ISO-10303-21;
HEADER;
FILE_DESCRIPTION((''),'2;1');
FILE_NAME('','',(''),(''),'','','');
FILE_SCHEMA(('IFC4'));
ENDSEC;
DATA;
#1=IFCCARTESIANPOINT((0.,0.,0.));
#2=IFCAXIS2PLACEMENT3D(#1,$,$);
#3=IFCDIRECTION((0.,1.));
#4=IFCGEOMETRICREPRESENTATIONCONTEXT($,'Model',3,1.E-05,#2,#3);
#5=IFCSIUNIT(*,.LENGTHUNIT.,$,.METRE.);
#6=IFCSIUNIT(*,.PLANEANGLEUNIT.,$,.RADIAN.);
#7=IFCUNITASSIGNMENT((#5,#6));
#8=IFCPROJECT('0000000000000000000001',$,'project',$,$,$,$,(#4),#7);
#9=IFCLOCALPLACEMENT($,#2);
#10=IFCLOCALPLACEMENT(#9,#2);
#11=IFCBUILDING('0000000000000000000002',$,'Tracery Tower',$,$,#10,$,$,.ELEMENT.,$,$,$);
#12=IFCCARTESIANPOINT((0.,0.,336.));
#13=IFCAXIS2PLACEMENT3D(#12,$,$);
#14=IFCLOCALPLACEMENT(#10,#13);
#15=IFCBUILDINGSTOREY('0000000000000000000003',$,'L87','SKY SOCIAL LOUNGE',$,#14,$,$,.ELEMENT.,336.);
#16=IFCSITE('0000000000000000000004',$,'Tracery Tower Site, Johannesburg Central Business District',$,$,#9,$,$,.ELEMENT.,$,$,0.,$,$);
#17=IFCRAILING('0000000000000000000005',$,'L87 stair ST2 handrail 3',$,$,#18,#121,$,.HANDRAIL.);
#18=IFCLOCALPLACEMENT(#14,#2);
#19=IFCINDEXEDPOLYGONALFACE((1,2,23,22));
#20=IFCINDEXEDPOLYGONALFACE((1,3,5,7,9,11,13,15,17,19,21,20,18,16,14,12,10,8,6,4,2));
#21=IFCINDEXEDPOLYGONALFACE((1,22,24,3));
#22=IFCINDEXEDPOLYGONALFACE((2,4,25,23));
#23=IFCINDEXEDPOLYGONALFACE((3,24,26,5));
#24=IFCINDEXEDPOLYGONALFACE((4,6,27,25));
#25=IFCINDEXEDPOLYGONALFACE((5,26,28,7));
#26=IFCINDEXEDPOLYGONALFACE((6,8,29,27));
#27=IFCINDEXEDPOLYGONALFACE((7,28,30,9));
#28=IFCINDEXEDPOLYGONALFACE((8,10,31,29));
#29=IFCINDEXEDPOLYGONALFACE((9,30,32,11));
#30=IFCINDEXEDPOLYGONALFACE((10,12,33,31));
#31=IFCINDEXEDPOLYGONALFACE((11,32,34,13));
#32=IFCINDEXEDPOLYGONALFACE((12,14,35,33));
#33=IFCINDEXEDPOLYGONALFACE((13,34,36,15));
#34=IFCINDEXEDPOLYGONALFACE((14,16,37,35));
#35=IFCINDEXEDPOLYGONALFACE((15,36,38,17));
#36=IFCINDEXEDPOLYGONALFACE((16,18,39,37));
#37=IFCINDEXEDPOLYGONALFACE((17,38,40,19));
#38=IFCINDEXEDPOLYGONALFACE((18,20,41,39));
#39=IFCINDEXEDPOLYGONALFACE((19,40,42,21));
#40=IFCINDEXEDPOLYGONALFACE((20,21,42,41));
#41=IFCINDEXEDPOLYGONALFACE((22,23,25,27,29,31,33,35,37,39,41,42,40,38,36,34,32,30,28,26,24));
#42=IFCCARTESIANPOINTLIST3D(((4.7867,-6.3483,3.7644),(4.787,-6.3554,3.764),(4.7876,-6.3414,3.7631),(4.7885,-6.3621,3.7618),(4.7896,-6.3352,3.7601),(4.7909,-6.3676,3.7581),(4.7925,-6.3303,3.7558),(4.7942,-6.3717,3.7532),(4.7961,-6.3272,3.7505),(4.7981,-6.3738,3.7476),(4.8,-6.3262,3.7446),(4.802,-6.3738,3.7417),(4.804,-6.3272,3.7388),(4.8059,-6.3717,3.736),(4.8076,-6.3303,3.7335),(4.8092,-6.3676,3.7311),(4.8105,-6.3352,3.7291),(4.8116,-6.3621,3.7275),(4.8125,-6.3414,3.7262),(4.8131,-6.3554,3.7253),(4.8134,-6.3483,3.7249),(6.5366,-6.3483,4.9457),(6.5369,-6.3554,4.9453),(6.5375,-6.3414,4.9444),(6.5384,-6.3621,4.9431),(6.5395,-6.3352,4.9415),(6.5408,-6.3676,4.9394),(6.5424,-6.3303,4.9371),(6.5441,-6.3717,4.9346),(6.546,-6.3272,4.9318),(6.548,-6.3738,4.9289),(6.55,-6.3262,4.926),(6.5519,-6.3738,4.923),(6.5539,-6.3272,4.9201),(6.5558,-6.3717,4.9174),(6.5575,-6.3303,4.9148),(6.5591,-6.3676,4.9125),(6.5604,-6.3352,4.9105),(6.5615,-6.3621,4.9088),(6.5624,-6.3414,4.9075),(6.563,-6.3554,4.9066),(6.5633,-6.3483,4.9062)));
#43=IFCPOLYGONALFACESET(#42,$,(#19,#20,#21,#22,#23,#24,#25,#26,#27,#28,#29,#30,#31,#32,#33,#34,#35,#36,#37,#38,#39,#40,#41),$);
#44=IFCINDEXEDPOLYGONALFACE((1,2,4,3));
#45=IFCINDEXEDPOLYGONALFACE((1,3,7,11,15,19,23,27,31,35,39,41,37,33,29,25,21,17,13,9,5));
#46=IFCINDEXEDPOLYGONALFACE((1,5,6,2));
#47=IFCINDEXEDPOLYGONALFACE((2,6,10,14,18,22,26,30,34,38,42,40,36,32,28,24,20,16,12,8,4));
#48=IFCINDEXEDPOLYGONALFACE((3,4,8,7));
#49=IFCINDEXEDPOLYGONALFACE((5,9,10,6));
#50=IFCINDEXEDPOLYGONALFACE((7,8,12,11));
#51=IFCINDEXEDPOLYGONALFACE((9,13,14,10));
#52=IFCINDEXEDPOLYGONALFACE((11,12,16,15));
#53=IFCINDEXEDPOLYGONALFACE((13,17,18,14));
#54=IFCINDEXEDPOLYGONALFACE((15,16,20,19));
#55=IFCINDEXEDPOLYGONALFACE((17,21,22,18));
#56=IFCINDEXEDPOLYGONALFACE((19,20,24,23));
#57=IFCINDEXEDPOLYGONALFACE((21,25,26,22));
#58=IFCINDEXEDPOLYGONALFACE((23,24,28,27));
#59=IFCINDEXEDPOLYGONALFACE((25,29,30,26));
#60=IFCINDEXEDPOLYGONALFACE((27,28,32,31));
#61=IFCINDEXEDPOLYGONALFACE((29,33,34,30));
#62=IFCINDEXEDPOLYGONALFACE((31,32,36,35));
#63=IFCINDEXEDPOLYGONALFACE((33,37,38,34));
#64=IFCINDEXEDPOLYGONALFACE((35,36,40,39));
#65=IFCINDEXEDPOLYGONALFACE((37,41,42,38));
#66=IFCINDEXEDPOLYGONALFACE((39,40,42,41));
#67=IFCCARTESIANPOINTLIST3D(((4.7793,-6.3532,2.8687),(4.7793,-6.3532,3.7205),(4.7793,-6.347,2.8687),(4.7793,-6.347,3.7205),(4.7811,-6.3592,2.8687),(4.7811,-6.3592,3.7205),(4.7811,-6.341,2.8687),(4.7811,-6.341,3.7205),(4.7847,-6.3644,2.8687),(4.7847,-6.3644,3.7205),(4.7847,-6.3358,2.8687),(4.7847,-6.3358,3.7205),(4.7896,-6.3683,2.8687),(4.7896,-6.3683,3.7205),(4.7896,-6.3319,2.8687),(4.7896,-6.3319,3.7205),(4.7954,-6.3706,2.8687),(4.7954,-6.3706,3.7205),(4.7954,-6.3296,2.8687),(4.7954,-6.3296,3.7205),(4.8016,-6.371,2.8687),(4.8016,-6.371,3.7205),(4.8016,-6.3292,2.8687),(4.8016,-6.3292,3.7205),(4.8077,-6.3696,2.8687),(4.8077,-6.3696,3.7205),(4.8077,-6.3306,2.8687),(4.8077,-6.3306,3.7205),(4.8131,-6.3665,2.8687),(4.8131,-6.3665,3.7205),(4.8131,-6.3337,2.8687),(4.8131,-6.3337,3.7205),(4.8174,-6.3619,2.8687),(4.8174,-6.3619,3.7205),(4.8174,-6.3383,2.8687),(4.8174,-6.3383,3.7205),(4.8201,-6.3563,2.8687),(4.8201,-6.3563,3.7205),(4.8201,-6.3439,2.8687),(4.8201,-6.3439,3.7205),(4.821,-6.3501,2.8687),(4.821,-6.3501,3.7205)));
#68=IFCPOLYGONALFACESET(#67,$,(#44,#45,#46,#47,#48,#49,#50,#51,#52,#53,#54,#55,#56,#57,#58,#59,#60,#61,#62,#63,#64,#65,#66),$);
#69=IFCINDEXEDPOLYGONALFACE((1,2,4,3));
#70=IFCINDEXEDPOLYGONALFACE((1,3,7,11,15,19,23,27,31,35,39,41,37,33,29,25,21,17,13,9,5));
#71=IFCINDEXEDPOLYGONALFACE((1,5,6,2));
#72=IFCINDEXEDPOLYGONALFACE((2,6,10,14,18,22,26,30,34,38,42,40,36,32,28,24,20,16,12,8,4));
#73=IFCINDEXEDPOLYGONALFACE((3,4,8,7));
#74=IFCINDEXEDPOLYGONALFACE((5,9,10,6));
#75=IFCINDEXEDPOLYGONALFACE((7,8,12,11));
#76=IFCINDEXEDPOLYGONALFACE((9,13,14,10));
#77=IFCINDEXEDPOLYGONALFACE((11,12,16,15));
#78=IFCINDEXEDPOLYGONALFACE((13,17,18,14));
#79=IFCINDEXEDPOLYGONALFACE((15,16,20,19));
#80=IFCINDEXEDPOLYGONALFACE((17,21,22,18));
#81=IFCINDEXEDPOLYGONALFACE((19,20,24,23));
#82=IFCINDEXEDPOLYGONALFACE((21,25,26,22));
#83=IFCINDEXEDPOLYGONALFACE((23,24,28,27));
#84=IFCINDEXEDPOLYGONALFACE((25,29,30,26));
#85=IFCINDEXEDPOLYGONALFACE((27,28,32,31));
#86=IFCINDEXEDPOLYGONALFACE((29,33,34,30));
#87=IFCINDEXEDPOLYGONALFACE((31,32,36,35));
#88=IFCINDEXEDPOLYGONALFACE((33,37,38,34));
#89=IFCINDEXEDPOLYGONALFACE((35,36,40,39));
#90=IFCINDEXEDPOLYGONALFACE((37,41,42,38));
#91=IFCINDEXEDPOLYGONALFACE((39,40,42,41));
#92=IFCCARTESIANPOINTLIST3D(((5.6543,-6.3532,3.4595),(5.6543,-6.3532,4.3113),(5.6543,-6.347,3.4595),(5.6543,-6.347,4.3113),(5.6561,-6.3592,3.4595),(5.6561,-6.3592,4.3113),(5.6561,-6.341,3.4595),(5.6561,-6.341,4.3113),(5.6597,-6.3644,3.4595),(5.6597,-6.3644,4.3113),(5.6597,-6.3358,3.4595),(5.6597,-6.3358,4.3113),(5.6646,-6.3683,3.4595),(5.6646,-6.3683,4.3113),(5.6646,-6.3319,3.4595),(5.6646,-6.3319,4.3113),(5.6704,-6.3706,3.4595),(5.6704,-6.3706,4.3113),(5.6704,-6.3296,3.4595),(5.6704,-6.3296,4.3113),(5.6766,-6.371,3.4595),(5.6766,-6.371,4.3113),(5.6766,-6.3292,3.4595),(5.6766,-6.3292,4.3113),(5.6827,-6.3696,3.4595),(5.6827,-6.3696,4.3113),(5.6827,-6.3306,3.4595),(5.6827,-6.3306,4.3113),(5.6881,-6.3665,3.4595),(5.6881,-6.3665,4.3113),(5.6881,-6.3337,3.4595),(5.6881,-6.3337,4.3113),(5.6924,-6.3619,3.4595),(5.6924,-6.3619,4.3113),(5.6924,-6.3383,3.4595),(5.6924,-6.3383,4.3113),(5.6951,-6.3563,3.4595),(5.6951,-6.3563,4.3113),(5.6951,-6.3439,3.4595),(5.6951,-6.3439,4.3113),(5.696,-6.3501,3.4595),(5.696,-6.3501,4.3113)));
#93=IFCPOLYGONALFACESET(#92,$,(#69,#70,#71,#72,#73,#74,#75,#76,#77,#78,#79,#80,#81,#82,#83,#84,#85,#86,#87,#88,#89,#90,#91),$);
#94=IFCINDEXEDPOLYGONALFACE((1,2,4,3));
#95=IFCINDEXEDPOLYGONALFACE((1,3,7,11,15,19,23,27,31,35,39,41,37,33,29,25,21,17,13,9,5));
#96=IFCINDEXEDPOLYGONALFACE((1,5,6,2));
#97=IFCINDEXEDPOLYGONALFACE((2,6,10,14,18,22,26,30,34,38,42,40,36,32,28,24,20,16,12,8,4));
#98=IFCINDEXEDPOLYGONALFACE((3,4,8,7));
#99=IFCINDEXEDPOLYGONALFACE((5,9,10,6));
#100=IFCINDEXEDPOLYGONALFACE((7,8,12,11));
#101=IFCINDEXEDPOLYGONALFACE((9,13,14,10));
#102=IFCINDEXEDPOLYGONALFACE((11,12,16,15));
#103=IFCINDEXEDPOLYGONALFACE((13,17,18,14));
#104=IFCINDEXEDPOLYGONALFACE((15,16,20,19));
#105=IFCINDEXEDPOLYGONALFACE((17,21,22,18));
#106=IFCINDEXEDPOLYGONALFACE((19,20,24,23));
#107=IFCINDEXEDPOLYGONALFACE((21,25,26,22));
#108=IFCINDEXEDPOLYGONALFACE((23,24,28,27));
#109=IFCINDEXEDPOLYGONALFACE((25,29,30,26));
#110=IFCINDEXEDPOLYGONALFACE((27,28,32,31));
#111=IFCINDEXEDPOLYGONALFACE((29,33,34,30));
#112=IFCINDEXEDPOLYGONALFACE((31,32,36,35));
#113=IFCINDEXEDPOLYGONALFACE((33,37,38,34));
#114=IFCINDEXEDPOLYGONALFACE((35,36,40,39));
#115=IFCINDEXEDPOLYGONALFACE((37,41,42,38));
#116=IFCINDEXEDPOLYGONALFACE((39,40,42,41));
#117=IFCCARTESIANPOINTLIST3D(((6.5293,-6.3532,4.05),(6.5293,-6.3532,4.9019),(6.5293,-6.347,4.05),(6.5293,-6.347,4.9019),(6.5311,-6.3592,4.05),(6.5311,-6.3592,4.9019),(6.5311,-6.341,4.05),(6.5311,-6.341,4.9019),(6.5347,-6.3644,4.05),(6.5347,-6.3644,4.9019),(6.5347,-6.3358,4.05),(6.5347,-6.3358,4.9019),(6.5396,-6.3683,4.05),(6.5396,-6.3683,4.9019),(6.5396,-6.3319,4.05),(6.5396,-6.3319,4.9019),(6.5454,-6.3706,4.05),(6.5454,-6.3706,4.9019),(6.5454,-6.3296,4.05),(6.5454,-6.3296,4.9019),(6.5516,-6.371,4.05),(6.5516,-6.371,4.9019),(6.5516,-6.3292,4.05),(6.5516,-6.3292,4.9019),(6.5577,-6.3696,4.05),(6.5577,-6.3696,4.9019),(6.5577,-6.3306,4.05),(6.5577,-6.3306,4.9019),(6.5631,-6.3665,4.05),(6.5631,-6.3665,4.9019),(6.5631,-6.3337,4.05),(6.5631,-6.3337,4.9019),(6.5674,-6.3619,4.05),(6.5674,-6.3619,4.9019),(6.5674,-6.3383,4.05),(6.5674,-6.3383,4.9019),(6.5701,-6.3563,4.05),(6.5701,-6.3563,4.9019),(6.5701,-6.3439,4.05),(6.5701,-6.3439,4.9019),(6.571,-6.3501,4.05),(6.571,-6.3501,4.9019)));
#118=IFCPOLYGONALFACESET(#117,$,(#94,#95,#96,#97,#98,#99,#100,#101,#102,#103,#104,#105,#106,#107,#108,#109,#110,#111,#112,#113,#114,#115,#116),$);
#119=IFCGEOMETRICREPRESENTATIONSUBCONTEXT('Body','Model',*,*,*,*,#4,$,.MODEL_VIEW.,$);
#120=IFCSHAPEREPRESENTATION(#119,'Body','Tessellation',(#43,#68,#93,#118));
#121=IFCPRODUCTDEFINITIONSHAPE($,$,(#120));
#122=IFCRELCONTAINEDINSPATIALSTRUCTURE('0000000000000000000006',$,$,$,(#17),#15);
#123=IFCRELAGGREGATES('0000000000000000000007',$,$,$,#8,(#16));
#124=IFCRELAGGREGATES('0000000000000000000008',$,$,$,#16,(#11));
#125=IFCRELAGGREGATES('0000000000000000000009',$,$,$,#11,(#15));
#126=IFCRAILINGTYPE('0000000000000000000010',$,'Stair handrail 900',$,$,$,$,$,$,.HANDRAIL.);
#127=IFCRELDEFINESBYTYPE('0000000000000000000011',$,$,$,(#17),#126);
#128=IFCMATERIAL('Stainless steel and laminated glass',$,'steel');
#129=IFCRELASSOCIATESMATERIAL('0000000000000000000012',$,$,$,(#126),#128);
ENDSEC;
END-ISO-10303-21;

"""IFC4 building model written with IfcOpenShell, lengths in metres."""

from ifc_helpers import new_model, si_unit, direction, frame, origin, origin_2d, place, context, subcontext, project, spatial, circle, extrude, material, type_object, element, save


model = new_model("IFC4")

# Units and contexts
model_context = context("Model", 3, precision=1e-05, world=origin(), true_north=direction((0.0, 1.0)))
body_context = subcontext(model_context, "Body", "Model", "MODEL_VIEW")
ifc_project = project(units=[si_unit("LENGTHUNIT", "METRE"), si_unit("PLANEANGLEUNIT", "RADIAN")], contexts=[model_context])

# Site, building, storey
site_placement = place(None, origin())
site = spatial("IfcSite", under=ifc_project, at=site_placement, Name="Tracery Tower Site, Johannesburg Central Business District", CompositionType="ELEMENT", RefElevation=0.0)
building_placement = place(site_placement, origin())
building = spatial("IfcBuilding", under=site, at=building_placement, Name="Tracery Tower", CompositionType="ELEMENT")
storey_placement = place(building_placement, frame((0.0, 0.0, 336.0)))
storey = spatial("IfcBuildingStorey", under=building, at=storey_placement, Name="L87", Description="SKY SOCIAL LOUNGE", CompositionType="ELEMENT", Elevation=336.0)

# Railing
ifc_material_1 = material(Name="Stainless steel and laminated glass", Category="steel")
railing_type_1 = type_object("IfcRailingType", Name="Stair handrail 900", PredefinedType="HANDRAIL", material=ifc_material_1)
railing_1_placement = place(storey_placement, frame((4.8, -6.3501, 2.8687)))
element("IfcRailing", 1, at=railing_1_placement, inside=storey, type_object=railing_type_1, Name="L87 stair ST2 handrail 3", PredefinedType="HANDRAIL", context=body_context, shape_type="SweptSolid", body=[
    extrude(circle(Radius=0.0239, at=origin_2d()), frame((0.0, 0.0, 0.876), z_axis=(0.828817, 0.0, 0.559521), x_axis=(0.0, 1.0, 0.0)), (0.0, 0.0, 1.0), 2.1113),
    extrude(circle(Radius=0.021, at=origin_2d()), origin(), (0.0, 0.0, 1.0), 0.8518),
    extrude(circle(Radius=0.021, at=origin_2d()), frame((0.875, 0.0, 0.5908)), (0.0, 0.0, 1.0), 0.8518),
    extrude(circle(Radius=0.021, at=origin_2d()), frame((1.75, 0.0, 1.1814)), (0.0, 0.0, 1.0), 0.8518),
])

save(model, "model.ifc")
